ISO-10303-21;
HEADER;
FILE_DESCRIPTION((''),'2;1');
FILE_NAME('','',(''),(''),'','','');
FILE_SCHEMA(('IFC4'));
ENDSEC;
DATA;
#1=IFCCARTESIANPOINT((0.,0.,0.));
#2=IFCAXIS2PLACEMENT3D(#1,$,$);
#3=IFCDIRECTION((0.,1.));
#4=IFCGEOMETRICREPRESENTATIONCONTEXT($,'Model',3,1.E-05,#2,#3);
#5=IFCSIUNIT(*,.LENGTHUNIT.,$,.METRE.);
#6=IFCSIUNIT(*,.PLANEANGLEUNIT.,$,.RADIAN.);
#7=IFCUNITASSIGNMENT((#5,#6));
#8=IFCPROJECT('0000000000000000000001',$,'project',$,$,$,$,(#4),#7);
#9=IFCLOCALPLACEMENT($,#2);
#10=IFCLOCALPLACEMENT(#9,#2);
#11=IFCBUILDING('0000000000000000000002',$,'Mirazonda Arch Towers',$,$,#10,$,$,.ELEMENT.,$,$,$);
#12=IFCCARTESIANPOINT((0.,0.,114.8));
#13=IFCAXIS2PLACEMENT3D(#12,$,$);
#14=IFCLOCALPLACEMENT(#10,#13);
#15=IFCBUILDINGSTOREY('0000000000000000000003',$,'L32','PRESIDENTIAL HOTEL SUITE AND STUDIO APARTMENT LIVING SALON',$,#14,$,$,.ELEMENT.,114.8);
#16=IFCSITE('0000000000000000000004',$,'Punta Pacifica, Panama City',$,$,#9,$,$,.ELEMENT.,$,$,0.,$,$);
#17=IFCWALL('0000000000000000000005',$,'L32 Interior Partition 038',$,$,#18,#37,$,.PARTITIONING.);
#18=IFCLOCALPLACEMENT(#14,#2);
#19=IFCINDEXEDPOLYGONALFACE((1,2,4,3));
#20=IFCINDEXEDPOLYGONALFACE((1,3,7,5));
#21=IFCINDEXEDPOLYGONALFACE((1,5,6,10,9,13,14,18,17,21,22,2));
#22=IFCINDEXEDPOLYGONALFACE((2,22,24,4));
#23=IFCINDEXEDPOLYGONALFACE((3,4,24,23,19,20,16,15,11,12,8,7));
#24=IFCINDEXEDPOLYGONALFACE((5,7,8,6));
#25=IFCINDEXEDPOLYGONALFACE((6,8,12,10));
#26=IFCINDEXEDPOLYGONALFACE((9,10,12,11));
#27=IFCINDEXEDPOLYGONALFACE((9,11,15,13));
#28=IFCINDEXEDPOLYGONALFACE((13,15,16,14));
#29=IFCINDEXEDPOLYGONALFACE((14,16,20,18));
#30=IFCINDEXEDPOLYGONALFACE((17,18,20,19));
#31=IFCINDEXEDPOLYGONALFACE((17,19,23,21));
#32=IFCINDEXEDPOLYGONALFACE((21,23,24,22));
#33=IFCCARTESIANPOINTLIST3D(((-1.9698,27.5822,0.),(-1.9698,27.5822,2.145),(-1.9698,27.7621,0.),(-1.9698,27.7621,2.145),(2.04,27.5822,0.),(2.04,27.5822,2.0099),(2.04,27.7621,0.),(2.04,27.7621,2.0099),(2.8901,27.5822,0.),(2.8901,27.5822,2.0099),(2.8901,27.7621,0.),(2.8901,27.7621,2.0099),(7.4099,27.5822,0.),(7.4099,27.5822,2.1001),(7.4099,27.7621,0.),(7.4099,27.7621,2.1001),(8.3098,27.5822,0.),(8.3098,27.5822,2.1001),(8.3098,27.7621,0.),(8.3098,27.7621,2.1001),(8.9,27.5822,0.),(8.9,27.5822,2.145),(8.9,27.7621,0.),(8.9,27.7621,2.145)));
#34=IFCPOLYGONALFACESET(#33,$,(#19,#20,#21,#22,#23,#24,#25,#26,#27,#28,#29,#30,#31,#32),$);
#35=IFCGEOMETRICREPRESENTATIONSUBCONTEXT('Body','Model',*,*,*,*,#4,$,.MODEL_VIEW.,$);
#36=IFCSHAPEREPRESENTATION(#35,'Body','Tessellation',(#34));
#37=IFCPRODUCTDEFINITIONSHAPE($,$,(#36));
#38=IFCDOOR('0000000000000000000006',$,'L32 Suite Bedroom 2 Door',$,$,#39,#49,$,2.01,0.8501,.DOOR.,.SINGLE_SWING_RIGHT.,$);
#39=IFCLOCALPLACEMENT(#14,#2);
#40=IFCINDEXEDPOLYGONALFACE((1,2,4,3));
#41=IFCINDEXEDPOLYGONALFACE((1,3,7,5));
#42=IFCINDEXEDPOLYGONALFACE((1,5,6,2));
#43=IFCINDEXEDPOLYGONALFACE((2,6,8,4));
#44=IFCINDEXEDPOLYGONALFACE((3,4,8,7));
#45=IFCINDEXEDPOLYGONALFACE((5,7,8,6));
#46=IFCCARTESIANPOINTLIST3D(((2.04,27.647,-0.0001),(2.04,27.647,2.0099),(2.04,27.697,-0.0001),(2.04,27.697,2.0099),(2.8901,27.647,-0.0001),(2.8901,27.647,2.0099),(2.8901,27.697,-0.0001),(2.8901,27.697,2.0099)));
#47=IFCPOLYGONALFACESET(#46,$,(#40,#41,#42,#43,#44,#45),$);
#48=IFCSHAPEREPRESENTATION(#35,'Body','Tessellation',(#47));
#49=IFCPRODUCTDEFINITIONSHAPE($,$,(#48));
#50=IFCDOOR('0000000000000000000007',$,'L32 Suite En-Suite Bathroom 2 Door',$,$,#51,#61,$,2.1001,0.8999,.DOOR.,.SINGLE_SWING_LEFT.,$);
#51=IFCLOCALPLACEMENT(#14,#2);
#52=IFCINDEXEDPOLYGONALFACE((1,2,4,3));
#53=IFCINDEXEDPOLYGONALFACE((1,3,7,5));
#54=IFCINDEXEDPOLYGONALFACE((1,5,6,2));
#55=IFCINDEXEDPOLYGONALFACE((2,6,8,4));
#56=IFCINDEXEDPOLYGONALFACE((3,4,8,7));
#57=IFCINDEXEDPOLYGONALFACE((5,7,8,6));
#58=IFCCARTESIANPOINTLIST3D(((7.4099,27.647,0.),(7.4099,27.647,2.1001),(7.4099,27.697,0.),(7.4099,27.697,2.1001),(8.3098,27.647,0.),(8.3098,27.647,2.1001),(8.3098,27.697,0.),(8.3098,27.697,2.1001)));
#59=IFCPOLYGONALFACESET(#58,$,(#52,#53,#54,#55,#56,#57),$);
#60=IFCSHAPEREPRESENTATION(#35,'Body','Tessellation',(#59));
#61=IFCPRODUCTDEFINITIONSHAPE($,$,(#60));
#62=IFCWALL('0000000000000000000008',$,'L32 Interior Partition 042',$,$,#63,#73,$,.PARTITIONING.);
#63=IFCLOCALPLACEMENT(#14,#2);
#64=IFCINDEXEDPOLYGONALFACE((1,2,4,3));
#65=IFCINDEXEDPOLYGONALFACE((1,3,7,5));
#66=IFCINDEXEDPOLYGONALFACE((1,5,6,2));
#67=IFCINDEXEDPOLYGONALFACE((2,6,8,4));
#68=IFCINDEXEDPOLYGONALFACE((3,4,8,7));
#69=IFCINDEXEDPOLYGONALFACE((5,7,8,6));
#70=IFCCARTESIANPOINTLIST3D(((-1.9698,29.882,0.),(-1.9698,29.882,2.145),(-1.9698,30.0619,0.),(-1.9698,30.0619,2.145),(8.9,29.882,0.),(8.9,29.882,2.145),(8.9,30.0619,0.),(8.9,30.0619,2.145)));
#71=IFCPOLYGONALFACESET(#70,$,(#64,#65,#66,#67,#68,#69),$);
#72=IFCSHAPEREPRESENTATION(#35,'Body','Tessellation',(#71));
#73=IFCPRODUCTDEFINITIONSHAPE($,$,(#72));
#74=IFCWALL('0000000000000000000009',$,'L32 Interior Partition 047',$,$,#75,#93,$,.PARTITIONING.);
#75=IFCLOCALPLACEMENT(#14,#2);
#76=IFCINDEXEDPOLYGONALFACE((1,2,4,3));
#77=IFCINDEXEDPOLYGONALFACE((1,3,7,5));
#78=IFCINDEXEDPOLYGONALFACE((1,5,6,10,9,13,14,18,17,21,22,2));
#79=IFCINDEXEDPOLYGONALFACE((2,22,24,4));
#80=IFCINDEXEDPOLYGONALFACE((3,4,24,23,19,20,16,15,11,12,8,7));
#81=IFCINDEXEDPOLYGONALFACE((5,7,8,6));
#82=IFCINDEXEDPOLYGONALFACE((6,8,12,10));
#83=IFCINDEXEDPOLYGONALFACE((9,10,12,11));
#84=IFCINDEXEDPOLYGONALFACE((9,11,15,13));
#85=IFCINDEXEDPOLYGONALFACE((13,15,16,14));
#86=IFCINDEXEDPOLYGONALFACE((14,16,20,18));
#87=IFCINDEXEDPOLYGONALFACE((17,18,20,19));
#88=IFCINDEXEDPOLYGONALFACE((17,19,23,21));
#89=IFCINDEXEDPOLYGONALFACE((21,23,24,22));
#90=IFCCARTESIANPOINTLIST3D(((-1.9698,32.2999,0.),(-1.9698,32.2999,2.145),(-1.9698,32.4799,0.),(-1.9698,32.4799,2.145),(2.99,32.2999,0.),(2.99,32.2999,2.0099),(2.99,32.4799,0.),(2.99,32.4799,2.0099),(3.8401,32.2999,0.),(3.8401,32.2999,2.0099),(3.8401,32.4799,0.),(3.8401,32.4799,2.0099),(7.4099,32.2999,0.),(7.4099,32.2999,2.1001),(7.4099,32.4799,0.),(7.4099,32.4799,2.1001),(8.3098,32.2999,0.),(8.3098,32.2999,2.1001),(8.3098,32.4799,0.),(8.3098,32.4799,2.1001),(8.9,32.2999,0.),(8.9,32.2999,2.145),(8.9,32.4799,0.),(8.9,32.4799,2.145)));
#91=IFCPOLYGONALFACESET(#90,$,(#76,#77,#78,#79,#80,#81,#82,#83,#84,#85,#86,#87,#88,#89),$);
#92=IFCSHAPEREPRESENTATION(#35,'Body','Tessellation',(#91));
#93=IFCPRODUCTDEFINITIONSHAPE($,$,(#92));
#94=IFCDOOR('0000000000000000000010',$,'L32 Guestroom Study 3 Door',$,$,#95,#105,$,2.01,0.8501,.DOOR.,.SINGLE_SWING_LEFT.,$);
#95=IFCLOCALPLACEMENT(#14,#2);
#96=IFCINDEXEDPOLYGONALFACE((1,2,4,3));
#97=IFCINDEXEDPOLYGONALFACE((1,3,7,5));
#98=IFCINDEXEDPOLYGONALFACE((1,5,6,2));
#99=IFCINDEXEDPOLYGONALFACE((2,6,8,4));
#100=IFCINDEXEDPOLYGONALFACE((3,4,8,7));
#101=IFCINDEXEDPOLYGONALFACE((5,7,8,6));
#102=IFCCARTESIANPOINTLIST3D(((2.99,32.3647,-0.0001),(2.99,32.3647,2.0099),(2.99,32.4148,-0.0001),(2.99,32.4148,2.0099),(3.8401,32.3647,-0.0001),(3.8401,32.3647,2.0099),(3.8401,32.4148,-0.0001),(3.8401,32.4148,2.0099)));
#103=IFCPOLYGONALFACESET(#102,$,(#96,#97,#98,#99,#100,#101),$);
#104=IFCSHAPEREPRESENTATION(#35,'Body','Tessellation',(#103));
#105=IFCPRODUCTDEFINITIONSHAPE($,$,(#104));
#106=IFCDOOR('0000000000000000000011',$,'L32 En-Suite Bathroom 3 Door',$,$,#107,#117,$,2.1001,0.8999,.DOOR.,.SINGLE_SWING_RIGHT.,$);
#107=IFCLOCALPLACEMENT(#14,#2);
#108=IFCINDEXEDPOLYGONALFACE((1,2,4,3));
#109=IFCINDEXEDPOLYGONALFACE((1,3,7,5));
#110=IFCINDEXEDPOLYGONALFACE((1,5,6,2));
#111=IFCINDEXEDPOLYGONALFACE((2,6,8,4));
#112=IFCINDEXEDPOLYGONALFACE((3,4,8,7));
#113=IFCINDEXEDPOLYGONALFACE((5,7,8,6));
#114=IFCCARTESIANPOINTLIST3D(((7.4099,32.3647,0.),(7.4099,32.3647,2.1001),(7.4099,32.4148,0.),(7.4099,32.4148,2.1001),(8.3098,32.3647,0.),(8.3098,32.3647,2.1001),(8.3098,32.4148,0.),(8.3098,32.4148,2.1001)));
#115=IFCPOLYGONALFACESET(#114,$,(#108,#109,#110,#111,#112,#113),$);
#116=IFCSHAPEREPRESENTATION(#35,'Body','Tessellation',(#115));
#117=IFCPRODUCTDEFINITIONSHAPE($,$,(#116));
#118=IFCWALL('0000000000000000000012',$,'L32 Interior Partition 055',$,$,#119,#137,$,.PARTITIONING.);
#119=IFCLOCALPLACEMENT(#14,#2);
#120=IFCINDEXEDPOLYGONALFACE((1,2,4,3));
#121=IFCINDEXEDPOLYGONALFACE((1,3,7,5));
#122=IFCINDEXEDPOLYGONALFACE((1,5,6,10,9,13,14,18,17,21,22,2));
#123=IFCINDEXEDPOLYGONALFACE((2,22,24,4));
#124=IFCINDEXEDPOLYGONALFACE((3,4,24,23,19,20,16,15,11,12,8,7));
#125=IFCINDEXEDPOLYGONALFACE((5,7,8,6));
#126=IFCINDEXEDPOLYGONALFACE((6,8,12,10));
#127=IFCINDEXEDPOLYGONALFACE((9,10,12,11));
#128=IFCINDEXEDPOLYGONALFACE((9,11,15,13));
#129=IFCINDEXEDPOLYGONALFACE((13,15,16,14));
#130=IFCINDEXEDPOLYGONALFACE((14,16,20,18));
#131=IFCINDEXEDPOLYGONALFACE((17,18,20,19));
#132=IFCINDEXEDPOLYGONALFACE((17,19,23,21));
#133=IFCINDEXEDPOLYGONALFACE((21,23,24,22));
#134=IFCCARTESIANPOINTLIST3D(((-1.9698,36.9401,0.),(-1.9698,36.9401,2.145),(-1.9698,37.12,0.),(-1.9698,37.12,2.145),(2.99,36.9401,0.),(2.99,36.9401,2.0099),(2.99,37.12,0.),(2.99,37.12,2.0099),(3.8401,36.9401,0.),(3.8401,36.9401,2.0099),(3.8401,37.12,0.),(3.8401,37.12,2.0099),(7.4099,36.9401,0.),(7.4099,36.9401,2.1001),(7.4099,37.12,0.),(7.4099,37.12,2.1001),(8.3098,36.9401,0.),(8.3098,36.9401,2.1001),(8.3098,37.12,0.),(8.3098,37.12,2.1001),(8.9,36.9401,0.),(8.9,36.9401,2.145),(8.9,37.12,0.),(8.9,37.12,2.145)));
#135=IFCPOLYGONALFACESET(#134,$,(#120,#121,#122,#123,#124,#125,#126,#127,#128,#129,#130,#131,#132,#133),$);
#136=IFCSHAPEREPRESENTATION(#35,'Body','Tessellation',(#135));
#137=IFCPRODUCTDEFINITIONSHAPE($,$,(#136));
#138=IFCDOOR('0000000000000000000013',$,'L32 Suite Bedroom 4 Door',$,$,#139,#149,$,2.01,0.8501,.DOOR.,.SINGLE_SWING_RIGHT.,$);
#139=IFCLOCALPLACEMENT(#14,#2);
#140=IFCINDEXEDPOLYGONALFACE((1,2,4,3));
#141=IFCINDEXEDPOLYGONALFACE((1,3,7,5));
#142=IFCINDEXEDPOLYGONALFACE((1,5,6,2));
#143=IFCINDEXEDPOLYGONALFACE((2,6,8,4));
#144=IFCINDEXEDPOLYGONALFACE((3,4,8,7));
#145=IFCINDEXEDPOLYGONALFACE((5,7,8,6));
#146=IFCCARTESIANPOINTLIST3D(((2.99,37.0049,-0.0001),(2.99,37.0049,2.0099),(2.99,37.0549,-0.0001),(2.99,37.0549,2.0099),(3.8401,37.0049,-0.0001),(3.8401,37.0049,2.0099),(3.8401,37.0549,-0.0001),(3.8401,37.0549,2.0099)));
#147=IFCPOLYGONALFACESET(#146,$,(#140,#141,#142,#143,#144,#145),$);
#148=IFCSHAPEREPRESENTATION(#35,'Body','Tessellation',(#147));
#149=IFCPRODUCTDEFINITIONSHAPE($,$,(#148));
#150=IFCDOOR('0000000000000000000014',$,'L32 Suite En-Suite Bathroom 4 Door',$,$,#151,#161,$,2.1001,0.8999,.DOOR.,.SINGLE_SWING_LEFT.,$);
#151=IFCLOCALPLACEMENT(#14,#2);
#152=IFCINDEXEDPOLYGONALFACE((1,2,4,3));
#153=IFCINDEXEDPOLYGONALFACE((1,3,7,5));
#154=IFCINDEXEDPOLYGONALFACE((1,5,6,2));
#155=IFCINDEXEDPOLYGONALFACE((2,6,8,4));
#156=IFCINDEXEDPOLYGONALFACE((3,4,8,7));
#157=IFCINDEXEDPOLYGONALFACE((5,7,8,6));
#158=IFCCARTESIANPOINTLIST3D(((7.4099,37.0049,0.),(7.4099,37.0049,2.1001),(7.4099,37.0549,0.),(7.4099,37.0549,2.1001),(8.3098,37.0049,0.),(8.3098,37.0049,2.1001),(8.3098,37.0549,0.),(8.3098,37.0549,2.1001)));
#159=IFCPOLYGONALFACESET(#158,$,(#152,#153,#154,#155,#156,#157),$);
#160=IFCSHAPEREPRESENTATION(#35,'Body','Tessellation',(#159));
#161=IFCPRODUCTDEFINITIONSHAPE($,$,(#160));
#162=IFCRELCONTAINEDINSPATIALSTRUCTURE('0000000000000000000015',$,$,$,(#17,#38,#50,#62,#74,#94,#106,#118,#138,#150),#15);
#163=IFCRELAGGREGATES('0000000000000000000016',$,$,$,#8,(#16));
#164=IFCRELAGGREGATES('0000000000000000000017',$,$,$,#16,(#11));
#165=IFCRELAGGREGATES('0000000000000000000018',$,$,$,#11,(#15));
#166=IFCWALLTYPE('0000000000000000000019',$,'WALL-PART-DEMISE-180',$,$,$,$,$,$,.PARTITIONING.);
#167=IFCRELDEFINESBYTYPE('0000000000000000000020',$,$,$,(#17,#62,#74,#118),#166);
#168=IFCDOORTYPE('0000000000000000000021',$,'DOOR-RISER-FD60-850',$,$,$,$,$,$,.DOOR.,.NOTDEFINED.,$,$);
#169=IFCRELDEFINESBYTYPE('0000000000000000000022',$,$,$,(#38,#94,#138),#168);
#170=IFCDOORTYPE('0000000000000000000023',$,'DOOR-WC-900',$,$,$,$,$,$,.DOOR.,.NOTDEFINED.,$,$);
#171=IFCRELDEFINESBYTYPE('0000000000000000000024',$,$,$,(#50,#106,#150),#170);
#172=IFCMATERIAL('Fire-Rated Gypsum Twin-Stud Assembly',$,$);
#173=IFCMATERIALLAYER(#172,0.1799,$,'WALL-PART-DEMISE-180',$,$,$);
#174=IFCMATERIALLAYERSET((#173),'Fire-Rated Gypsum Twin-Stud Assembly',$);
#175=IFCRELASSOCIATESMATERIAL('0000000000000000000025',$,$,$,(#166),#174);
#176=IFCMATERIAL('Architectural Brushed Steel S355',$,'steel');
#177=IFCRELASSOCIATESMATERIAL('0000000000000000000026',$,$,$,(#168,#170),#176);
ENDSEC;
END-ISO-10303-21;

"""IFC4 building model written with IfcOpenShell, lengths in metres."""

from ifc_helpers import new_model, si_unit, direction, frame, frame_2d, origin, place, context, subcontext, project, spatial, rectangle, extrude, material, layer, layer_set, type_object, element, fill, save


model = new_model("IFC4")

# Units and contexts
model_context = context("Model", 3, precision=1e-05, world=origin(), true_north=direction((0.0, 1.0)))
body_context = subcontext(model_context, "Body", "Model", "MODEL_VIEW")
ifc_project = project(units=[si_unit("LENGTHUNIT", "METRE"), si_unit("PLANEANGLEUNIT", "RADIAN")], contexts=[model_context])

# Site, building, storey
site_placement = place(None, origin())
site = spatial("IfcSite", under=ifc_project, at=site_placement, Name="Punta Pacifica, Panama City", CompositionType="ELEMENT", RefElevation=0.0)
building_placement = place(site_placement, origin())
building = spatial("IfcBuilding", under=site, at=building_placement, Name="Mirazonda Arch Towers", CompositionType="ELEMENT")
storey_placement = place(building_placement, frame((0.0, 0.0, 114.8)))
storey = spatial("IfcBuildingStorey", under=building, at=storey_placement, Name="L32", Description="PRESIDENTIAL HOTEL SUITE AND STUDIO APARTMENT LIVING SALON", CompositionType="ELEMENT", Elevation=114.8)

# Wall, openings, doors
ifc_material_1 = material(Name="Fire-Rated Gypsum Twin-Stud Assembly")
ifc_layer_1 = layer(ifc_material_1, 0.1799, Name="WALL-PART-DEMISE-180")
ifc_layer_set_1 = layer_set([ifc_layer_1], Name="Fire-Rated Gypsum Twin-Stud Assembly")
wall_type_1 = type_object("IfcWallType", Name="WALL-PART-DEMISE-180", PredefinedType="PARTITIONING", material=ifc_layer_set_1)
wall_1_placement = place(storey_placement, frame((-1.97, 27.6721, 0.0), z_axis=(0.0, 0.0, 1.0), x_axis=(1.0, 0.0, 0.0)))
wall_1 = element("IfcWall", 1, at=wall_1_placement, inside=storey, type_object=wall_type_1, Name="L32 Interior Partition 038", PredefinedType="PARTITIONING", context=body_context, shape_type="SweptSolid", body=[
    extrude(rectangle(XDim=10.8699, YDim=0.1799, at=frame_2d((5.4351, 0.0))), origin(), (0.0, 0.0, 1.0), 2.145),
])
opening_1_placement = place(wall_1_placement, frame((4.01, 0.0, 0.0)))
opening_1 = element("IfcOpeningElement", 2, at=opening_1_placement, cuts=wall_1, PredefinedType="OPENING", context=body_context, shape_type="SweptSolid", body=[
    extrude(rectangle(XDim=0.8501, YDim=2.01, at=frame_2d((0.425, 1.0049))), frame((0.0, 0.0999, 0.0), z_axis=(0.0, -1.0, 0.0), x_axis=(1.0, 0.0, 0.0)), (0.0, 0.0, 1.0), 0.2),
])
opening_2_placement = place(wall_1_placement, frame((9.3799, 0.0, 0.0)))
opening_2 = element("IfcOpeningElement", 3, at=opening_2_placement, cuts=wall_1, PredefinedType="OPENING", context=body_context, shape_type="SweptSolid", body=[
    extrude(rectangle(XDim=0.8999, YDim=2.1001, at=frame_2d((0.45, 1.05))), frame((0.0, 0.0999, 0.0), z_axis=(0.0, -1.0, 0.0), x_axis=(1.0, 0.0, 0.0)), (0.0, 0.0, 1.0), 0.2),
])
ifc_material_2 = material(Name="Architectural Brushed Steel S355", Category="steel")
door_type_1 = type_object("IfcDoorType", Name="DOOR-RISER-FD60-850", OperationType="NOTDEFINED", PredefinedType="DOOR", material=ifc_material_2)
door_1_placement = place(opening_1_placement, origin())
door_1 = element("IfcDoor", 4, at=door_1_placement, inside=storey, type_object=door_type_1, Name="L32 Suite Bedroom 2 Door", OperationType="SINGLE_SWING_RIGHT", OverallHeight=2.01, OverallWidth=0.8501, PredefinedType="DOOR", context=body_context, shape_type="SweptSolid", body=[
    extrude(rectangle(XDim=0.8501, YDim=2.01, at=frame_2d((0.425, 1.0049))), frame((0.0, 0.0249, 0.0), z_axis=(0.0, -1.0, 0.0), x_axis=(1.0, 0.0, 0.0)), (0.0, 0.0, 1.0), 0.05),
])
fill(opening_1, door_1)
door_type_2 = type_object("IfcDoorType", Name="DOOR-WC-900", OperationType="NOTDEFINED", PredefinedType="DOOR", material=ifc_material_2)
door_2_placement = place(opening_2_placement, origin())
door_2 = element("IfcDoor", 5, at=door_2_placement, inside=storey, type_object=door_type_2, Name="L32 Suite En-Suite Bathroom 2 Door", OperationType="SINGLE_SWING_LEFT", OverallHeight=2.1001, OverallWidth=0.8999, PredefinedType="DOOR", context=body_context, shape_type="SweptSolid", body=[
    extrude(rectangle(XDim=0.8999, YDim=2.1001, at=frame_2d((0.45, 1.05))), frame((0.0, 0.0249, 0.0), z_axis=(0.0, -1.0, 0.0), x_axis=(1.0, 0.0, 0.0)), (0.0, 0.0, 1.0), 0.05),
])
fill(opening_2, door_2)

# Wall
wall_2_placement = place(storey_placement, frame((-1.97, 29.9719, 0.0), z_axis=(0.0, 0.0, 1.0), x_axis=(1.0, 0.0, 0.0)))
element("IfcWall", 6, at=wall_2_placement, inside=storey, type_object=wall_type_1, Name="L32 Interior Partition 042", PredefinedType="PARTITIONING", context=body_context, shape_type="SweptSolid", body=[
    extrude(rectangle(XDim=10.8699, YDim=0.1799, at=frame_2d((5.4351, 0.0))), origin(), (0.0, 0.0, 1.0), 2.145),
])

# Walls, openings, doors
wall_3_placement = place(storey_placement, frame((-1.97, 32.3899, 0.0), z_axis=(0.0, 0.0, 1.0), x_axis=(1.0, 0.0, 0.0)))
wall_3 = element("IfcWall", 7, at=wall_3_placement, inside=storey, type_object=wall_type_1, Name="L32 Interior Partition 047", PredefinedType="PARTITIONING", context=body_context, shape_type="SweptSolid", body=[
    extrude(rectangle(XDim=10.8699, YDim=0.1799, at=frame_2d((5.4351, 0.0))), origin(), (0.0, 0.0, 1.0), 2.145),
])
opening_3_placement = place(wall_3_placement, frame((4.96, 0.0, 0.0)))
opening_3 = element("IfcOpeningElement", 8, at=opening_3_placement, cuts=wall_3, PredefinedType="OPENING", context=body_context, shape_type="SweptSolid", body=[
    extrude(rectangle(XDim=0.8501, YDim=2.01, at=frame_2d((0.425, 1.0049))), frame((0.0, 0.0999, 0.0), z_axis=(0.0, -1.0, 0.0), x_axis=(1.0, 0.0, 0.0)), (0.0, 0.0, 1.0), 0.2),
])
opening_4_placement = place(wall_3_placement, frame((9.3799, 0.0, 0.0)))
opening_4 = element("IfcOpeningElement", 9, at=opening_4_placement, cuts=wall_3, PredefinedType="OPENING", context=body_context, shape_type="SweptSolid", body=[
    extrude(rectangle(XDim=0.8999, YDim=2.1001, at=frame_2d((0.45, 1.05))), frame((0.0, 0.0999, 0.0), z_axis=(0.0, -1.0, 0.0), x_axis=(1.0, 0.0, 0.0)), (0.0, 0.0, 1.0), 0.2),
])
door_3_placement = place(opening_3_placement, origin())
door_3 = element("IfcDoor", 10, at=door_3_placement, inside=storey, type_object=door_type_1, Name="L32 Guestroom Study 3 Door", OperationType="SINGLE_SWING_LEFT", OverallHeight=2.01, OverallWidth=0.8501, PredefinedType="DOOR", context=body_context, shape_type="SweptSolid", body=[
    extrude(rectangle(XDim=0.8501, YDim=2.01, at=frame_2d((0.425, 1.0049))), frame((0.0, 0.0249, 0.0), z_axis=(0.0, -1.0, 0.0), x_axis=(1.0, 0.0, 0.0)), (0.0, 0.0, 1.0), 0.05),
])
fill(opening_3, door_3)
door_4_placement = place(opening_4_placement, origin())
door_4 = element("IfcDoor", 11, at=door_4_placement, inside=storey, type_object=door_type_2, Name="L32 En-Suite Bathroom 3 Door", OperationType="SINGLE_SWING_RIGHT", OverallHeight=2.1001, OverallWidth=0.8999, PredefinedType="DOOR", context=body_context, shape_type="SweptSolid", body=[
    extrude(rectangle(XDim=0.8999, YDim=2.1001, at=frame_2d((0.45, 1.05))), frame((0.0, 0.0249, 0.0), z_axis=(0.0, -1.0, 0.0), x_axis=(1.0, 0.0, 0.0)), (0.0, 0.0, 1.0), 0.05),
])
fill(opening_4, door_4)
wall_4_placement = place(storey_placement, frame((-1.97, 37.03, 0.0), z_axis=(0.0, 0.0, 1.0), x_axis=(1.0, 0.0, 0.0)))
wall_4 = element("IfcWall", 12, at=wall_4_placement, inside=storey, type_object=wall_type_1, Name="L32 Interior Partition 055", PredefinedType="PARTITIONING", context=body_context, shape_type="SweptSolid", body=[
    extrude(rectangle(XDim=10.8699, YDim=0.1799, at=frame_2d((5.4351, 0.0))), origin(), (0.0, 0.0, 1.0), 2.145),
])
opening_5_placement = place(wall_4_placement, frame((4.96, 0.0, 0.0)))
opening_5 = element("IfcOpeningElement", 13, at=opening_5_placement, cuts=wall_4, PredefinedType="OPENING", context=body_context, shape_type="SweptSolid", body=[
    extrude(rectangle(XDim=0.8501, YDim=2.01, at=frame_2d((0.425, 1.0049))), frame((0.0, 0.0999, 0.0), z_axis=(0.0, -1.0, 0.0), x_axis=(1.0, 0.0, 0.0)), (0.0, 0.0, 1.0), 0.2),
])
opening_6_placement = place(wall_4_placement, frame((9.3799, 0.0, 0.0)))
opening_6 = element("IfcOpeningElement", 14, at=opening_6_placement, cuts=wall_4, PredefinedType="OPENING", context=body_context, shape_type="SweptSolid", body=[
    extrude(rectangle(XDim=0.8999, YDim=2.1001, at=frame_2d((0.45, 1.05))), frame((0.0, 0.0999, 0.0), z_axis=(0.0, -1.0, 0.0), x_axis=(1.0, 0.0, 0.0)), (0.0, 0.0, 1.0), 0.2),
])
door_5_placement = place(opening_5_placement, origin())
door_5 = element("IfcDoor", 15, at=door_5_placement, inside=storey, type_object=door_type_1, Name="L32 Suite Bedroom 4 Door", OperationType="SINGLE_SWING_RIGHT", OverallHeight=2.01, OverallWidth=0.8501, PredefinedType="DOOR", context=body_context, shape_type="SweptSolid", body=[
    extrude(rectangle(XDim=0.8501, YDim=2.01, at=frame_2d((0.425, 1.0049))), frame((0.0, 0.0249, 0.0), z_axis=(0.0, -1.0, 0.0), x_axis=(1.0, 0.0, 0.0)), (0.0, 0.0, 1.0), 0.05),
])
fill(opening_5, door_5)
door_6_placement = place(opening_6_placement, origin())
door_6 = element("IfcDoor", 16, at=door_6_placement, inside=storey, type_object=door_type_2, Name="L32 Suite En-Suite Bathroom 4 Door", OperationType="SINGLE_SWING_LEFT", OverallHeight=2.1001, OverallWidth=0.8999, PredefinedType="DOOR", context=body_context, shape_type="SweptSolid", body=[
    extrude(rectangle(XDim=0.8999, YDim=2.1001, at=frame_2d((0.45, 1.05))), frame((0.0, 0.0249, 0.0), z_axis=(0.0, -1.0, 0.0), x_axis=(1.0, 0.0, 0.0)), (0.0, 0.0, 1.0), 0.05),
])
fill(opening_6, door_6)

save(model, "model.ifc")
